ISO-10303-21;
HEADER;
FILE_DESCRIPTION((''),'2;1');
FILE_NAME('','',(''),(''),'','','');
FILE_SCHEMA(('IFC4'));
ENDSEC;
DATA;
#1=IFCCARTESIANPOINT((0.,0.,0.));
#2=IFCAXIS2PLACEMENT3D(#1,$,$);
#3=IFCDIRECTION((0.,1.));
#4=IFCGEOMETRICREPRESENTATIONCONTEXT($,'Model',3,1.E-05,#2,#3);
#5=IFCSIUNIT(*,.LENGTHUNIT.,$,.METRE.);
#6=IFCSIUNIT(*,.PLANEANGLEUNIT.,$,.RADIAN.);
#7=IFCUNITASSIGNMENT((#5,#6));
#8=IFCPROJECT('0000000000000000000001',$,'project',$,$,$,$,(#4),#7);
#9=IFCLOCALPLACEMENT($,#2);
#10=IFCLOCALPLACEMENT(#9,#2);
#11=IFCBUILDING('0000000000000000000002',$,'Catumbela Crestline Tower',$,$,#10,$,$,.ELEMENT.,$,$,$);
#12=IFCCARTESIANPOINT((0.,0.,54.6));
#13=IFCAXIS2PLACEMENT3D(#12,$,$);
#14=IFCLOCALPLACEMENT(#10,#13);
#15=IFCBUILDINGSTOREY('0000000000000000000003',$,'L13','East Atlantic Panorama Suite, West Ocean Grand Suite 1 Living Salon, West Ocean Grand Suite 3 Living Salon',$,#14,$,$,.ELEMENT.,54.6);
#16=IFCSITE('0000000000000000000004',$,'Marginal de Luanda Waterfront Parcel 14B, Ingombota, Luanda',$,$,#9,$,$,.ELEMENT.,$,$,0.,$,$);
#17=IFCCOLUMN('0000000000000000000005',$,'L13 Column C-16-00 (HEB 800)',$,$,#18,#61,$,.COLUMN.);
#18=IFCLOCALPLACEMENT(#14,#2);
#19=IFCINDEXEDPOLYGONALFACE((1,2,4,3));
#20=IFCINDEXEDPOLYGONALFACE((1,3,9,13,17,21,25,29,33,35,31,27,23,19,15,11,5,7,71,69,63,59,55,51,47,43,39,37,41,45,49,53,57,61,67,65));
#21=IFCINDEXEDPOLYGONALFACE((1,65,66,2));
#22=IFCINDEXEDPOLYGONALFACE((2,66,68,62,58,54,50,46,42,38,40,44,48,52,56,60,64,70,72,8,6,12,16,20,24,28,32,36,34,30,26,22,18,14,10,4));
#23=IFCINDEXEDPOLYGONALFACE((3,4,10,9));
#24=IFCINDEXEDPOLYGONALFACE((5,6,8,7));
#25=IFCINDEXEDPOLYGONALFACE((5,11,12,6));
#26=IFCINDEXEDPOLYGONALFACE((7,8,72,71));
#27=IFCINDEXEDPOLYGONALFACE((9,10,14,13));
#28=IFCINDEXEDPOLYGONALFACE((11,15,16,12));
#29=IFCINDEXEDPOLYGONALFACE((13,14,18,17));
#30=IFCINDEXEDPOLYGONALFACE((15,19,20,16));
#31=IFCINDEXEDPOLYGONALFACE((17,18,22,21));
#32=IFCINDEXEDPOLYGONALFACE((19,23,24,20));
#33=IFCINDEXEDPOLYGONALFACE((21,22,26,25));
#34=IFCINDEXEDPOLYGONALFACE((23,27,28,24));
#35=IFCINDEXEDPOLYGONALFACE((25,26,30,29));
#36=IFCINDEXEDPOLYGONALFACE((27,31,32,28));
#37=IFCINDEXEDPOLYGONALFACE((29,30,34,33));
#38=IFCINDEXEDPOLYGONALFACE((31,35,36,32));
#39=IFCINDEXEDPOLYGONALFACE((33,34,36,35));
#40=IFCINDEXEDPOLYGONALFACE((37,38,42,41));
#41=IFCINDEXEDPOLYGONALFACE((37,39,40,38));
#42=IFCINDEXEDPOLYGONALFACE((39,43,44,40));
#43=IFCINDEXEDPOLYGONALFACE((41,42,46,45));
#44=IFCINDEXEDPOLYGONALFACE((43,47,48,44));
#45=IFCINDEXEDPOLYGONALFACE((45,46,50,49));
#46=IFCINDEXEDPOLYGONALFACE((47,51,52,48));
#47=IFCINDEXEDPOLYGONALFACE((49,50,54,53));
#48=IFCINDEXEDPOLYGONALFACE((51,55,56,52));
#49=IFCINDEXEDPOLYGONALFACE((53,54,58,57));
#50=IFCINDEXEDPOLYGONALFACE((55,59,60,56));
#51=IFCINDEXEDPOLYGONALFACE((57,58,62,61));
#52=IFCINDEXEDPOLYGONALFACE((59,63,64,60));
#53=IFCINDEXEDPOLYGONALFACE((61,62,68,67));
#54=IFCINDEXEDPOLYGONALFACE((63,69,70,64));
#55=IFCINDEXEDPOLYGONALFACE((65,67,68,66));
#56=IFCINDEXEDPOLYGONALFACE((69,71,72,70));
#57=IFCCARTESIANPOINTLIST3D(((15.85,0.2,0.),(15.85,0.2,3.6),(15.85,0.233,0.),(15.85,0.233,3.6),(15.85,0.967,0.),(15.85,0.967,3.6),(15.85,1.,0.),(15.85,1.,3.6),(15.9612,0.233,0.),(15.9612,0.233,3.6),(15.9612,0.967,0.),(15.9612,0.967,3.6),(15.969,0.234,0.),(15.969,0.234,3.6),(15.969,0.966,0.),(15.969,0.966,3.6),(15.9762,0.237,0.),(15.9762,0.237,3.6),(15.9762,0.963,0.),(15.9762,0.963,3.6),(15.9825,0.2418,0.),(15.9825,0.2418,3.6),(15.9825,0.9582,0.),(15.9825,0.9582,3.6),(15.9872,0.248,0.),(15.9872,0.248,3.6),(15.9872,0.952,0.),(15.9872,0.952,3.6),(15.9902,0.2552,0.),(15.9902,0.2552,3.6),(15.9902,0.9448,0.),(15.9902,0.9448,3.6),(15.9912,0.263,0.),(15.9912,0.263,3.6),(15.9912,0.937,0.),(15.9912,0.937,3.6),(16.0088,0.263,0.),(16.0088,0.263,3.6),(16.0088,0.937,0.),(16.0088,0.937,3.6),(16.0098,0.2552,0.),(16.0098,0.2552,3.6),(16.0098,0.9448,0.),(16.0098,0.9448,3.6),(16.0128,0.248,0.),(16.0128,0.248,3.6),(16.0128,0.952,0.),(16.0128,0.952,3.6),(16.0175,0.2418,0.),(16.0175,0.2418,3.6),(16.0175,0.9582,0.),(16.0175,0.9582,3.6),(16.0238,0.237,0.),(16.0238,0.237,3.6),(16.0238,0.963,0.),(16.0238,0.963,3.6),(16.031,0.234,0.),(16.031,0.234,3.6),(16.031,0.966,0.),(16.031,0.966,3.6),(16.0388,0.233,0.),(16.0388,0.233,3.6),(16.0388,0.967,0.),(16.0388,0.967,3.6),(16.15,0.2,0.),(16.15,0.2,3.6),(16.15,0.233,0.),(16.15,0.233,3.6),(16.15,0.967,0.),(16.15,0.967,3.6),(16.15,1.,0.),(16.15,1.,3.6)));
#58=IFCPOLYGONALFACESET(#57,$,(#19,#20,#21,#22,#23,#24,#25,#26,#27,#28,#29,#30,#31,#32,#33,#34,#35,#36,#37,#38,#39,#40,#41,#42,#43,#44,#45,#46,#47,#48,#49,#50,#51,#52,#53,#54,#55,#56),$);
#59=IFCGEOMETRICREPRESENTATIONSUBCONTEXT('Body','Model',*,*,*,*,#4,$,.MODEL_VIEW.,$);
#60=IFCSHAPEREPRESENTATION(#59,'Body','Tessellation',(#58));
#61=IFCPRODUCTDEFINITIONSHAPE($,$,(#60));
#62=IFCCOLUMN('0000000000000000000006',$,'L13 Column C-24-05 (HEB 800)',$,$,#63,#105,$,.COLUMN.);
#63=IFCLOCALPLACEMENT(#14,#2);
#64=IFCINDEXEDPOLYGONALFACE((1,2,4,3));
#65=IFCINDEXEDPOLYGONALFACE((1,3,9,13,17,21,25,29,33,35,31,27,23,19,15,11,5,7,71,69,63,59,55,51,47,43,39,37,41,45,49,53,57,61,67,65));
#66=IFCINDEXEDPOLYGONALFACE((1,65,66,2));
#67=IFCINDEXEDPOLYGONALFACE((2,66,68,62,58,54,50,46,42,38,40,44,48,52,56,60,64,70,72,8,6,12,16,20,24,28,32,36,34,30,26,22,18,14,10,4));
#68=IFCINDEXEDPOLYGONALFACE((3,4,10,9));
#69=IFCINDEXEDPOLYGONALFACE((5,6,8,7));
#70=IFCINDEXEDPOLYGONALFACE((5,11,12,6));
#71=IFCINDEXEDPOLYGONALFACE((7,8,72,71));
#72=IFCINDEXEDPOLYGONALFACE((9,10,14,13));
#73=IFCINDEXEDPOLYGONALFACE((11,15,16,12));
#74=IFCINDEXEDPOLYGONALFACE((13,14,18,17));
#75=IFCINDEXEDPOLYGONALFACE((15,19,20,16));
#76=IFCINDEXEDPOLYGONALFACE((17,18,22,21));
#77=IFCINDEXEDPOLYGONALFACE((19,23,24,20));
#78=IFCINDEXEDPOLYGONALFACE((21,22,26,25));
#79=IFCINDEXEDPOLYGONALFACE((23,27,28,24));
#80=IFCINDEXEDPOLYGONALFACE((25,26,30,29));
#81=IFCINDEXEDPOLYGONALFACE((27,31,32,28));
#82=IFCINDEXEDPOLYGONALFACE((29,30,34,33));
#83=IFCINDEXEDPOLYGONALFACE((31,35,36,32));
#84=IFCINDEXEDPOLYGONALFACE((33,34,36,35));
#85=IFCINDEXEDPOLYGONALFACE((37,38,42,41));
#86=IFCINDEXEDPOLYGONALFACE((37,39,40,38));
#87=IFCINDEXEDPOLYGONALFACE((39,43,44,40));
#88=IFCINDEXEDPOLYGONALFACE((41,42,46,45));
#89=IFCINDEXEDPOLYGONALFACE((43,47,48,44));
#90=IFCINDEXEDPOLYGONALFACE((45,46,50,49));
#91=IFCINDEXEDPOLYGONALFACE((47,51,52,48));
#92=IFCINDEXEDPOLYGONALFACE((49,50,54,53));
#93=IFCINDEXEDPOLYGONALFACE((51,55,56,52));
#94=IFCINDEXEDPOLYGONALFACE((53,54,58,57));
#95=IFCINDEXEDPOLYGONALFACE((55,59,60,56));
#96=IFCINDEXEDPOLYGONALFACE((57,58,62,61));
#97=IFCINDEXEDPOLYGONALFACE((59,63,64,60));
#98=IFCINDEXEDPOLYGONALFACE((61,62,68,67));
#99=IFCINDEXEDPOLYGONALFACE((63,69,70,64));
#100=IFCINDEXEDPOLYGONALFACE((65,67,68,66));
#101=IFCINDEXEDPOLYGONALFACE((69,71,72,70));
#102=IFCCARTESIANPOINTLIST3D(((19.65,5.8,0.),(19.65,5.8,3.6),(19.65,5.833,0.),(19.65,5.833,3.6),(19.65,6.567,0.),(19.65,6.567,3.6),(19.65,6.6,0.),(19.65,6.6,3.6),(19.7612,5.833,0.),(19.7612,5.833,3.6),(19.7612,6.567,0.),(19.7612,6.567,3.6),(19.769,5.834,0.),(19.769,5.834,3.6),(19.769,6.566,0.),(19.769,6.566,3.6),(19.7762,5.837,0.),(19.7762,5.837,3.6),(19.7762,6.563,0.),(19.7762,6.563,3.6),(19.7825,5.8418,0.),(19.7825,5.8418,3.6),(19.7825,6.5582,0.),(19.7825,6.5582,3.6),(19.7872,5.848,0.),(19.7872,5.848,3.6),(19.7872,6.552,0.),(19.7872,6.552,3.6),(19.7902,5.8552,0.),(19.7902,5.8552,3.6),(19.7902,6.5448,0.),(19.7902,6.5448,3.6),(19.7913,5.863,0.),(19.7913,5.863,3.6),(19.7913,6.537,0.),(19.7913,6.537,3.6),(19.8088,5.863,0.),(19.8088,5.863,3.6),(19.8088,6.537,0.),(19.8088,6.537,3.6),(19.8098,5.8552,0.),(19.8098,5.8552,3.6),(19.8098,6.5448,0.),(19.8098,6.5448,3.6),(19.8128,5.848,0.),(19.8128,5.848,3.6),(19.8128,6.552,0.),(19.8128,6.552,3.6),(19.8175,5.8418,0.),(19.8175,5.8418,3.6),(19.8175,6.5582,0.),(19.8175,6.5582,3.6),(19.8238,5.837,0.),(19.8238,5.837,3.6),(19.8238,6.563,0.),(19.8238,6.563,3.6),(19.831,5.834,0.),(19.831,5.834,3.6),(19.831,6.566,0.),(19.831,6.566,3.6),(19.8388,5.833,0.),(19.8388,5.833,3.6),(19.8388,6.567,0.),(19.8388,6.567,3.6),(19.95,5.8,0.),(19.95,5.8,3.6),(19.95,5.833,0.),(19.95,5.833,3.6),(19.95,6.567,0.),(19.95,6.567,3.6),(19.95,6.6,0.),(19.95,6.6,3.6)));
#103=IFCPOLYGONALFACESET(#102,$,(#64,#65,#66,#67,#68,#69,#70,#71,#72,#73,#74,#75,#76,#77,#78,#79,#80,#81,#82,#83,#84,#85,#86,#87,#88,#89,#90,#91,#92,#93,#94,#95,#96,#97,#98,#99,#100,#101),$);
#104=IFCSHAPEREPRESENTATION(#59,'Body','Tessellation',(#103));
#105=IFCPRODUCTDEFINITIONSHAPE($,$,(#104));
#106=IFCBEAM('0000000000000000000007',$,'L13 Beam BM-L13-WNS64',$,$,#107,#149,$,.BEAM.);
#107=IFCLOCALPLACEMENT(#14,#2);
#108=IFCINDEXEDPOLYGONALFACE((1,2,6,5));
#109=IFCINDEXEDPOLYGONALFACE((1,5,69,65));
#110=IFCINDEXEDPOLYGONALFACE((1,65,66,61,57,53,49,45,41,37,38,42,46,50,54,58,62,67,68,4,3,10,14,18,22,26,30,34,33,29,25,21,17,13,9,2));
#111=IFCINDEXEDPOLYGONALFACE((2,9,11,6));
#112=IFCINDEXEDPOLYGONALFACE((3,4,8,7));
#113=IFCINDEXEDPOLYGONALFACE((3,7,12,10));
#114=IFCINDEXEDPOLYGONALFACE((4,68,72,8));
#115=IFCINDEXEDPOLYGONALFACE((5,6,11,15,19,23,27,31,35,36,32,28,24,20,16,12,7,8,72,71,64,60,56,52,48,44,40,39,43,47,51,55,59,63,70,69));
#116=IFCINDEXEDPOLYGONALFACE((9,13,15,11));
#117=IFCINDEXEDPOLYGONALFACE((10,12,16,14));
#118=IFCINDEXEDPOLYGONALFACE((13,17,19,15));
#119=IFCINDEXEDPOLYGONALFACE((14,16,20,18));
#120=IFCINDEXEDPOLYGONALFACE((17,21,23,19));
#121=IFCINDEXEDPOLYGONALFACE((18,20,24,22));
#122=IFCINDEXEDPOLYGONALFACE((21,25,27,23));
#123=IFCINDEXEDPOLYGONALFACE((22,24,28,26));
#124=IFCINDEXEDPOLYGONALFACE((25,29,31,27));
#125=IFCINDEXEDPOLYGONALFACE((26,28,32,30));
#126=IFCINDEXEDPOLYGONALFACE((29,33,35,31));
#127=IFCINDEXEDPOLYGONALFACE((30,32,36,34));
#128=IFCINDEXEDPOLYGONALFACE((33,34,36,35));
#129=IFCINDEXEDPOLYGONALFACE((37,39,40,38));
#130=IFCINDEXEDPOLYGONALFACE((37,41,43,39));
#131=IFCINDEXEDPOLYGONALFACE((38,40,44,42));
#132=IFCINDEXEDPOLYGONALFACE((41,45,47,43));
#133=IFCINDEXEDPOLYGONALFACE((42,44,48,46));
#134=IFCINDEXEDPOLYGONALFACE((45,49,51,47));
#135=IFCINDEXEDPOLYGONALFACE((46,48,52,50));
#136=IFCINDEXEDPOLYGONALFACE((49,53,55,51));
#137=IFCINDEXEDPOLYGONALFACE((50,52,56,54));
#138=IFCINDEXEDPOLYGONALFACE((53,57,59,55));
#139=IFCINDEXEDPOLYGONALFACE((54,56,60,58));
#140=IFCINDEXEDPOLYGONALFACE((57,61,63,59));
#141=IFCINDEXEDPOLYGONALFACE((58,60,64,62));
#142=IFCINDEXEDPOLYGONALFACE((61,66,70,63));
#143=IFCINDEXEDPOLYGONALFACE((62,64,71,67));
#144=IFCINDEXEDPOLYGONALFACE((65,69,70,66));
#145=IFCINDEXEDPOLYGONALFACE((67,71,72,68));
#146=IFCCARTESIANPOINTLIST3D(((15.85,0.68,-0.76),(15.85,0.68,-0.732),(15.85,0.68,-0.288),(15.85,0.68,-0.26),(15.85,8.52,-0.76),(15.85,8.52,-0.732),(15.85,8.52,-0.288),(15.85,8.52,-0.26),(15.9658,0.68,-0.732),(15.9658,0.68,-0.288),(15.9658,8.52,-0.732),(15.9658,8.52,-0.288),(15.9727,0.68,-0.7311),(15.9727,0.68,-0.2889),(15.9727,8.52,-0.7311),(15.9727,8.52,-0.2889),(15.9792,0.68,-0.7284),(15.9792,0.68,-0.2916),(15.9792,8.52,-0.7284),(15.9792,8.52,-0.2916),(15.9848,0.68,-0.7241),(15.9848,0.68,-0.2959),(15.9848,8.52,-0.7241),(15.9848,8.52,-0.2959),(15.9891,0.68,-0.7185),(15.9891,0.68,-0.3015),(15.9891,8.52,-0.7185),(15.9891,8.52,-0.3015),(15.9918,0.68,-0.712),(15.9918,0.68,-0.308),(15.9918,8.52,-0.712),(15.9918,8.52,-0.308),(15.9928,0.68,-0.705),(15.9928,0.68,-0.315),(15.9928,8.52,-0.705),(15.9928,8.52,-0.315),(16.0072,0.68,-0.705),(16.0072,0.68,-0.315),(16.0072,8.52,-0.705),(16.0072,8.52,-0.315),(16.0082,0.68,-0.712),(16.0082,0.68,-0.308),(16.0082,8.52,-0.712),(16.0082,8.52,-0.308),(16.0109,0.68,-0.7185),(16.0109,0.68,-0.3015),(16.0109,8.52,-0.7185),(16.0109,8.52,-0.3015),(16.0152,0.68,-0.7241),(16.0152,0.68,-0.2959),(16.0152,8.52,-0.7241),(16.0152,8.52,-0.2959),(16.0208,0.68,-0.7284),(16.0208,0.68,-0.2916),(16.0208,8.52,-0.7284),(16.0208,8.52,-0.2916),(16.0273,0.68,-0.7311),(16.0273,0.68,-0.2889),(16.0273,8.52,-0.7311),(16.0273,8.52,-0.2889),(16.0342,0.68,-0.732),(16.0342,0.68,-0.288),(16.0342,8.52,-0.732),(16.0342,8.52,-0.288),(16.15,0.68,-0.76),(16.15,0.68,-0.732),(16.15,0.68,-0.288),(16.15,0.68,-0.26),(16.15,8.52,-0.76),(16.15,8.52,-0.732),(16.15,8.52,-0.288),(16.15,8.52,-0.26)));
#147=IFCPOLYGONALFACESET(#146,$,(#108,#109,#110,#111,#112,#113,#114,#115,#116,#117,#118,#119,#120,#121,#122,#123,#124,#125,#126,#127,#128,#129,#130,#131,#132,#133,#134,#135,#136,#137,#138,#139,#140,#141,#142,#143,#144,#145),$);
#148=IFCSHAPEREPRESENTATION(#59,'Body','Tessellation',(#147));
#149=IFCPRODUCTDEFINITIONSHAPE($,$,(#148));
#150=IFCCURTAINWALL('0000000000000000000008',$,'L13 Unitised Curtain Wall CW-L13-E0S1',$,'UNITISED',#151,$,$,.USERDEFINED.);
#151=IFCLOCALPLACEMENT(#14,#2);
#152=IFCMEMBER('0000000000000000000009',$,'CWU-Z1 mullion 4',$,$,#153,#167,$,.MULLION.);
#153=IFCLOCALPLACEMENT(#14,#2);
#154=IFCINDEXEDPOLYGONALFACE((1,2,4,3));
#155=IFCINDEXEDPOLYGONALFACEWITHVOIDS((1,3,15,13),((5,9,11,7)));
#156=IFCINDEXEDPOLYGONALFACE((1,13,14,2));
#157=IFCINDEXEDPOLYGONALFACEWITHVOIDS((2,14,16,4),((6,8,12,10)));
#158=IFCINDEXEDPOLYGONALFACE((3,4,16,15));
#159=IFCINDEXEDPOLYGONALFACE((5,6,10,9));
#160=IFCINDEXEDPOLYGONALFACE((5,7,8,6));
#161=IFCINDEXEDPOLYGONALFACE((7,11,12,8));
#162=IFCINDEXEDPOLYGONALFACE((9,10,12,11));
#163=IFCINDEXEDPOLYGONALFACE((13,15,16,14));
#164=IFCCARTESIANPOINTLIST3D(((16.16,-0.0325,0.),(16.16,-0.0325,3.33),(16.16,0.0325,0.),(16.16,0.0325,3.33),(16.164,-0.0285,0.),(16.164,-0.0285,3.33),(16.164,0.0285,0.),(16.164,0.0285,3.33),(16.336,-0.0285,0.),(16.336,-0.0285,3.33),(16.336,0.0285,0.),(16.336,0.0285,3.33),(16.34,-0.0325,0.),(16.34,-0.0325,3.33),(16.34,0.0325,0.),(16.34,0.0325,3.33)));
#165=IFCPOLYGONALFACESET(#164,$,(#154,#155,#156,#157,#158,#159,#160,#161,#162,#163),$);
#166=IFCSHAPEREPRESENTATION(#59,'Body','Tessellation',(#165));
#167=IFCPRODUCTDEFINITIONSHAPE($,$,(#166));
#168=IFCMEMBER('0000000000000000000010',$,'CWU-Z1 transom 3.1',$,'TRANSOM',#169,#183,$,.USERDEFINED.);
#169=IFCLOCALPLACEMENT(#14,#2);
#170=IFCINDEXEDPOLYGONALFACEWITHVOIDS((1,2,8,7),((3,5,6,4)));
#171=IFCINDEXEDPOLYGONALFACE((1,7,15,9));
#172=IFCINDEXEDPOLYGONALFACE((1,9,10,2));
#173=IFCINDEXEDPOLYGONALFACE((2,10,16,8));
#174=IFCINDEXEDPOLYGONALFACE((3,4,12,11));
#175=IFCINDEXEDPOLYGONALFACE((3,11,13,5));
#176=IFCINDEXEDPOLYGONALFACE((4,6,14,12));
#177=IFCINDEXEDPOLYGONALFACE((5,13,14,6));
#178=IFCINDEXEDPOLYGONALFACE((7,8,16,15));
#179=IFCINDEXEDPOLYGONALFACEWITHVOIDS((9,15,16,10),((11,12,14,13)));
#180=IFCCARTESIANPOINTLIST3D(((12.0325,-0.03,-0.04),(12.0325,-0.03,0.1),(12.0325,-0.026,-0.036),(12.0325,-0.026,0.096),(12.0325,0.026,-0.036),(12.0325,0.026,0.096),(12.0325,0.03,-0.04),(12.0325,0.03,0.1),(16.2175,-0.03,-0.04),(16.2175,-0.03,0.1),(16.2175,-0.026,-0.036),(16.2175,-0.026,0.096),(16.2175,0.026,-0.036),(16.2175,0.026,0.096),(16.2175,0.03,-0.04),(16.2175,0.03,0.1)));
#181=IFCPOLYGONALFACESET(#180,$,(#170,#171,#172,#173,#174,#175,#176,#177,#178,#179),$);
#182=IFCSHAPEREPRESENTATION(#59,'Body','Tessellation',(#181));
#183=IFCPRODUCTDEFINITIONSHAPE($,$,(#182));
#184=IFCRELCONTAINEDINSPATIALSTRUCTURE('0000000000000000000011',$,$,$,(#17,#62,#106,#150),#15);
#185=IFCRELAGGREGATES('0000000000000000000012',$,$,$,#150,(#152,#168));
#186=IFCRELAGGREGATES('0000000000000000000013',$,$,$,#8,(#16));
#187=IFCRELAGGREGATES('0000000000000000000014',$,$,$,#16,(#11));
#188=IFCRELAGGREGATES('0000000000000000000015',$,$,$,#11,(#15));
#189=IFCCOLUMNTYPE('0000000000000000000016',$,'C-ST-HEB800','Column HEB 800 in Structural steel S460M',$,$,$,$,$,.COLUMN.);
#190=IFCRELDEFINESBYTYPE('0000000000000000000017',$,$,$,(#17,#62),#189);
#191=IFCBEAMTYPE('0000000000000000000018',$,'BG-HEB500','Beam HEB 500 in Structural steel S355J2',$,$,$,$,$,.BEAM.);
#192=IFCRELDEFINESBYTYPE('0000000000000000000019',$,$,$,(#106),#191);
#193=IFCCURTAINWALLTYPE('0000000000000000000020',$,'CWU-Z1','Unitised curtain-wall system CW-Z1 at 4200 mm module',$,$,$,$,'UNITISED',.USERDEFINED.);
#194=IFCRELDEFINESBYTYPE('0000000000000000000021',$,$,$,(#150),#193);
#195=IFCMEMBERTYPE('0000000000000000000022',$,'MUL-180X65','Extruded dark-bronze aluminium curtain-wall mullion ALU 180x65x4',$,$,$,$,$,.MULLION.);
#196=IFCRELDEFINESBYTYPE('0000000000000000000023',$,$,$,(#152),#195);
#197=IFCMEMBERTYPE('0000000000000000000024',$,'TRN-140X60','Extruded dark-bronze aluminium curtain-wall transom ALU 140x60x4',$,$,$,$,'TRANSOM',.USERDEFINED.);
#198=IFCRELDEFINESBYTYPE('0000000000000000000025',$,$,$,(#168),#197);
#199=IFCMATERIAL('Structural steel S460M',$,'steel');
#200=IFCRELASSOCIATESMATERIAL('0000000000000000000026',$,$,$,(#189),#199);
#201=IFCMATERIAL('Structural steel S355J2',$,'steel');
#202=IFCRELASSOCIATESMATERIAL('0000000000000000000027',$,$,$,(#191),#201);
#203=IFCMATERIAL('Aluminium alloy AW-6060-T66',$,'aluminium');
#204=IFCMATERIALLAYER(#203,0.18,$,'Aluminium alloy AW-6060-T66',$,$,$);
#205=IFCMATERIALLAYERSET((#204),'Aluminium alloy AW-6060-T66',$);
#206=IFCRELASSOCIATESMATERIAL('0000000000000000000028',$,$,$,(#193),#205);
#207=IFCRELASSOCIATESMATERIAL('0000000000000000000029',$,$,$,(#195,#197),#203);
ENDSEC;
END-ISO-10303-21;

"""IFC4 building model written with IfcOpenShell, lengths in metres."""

from ifc_helpers import new_model, si_unit, direction, frame, origin, origin_2d, place, context, subcontext, project, spatial, hollow_rectangle, i_section, extrude, material, layer, layer_set, material_profile, profile_set, type_object, element, aggregate, save


model = new_model("IFC4")

# Units and contexts
model_context = context("Model", 3, precision=1e-05, world=origin(), true_north=direction((0.0, 1.0)))
body_context = subcontext(model_context, "Body", "Model", "MODEL_VIEW")
ifc_project = project(units=[si_unit("LENGTHUNIT", "METRE"), si_unit("PLANEANGLEUNIT", "RADIAN")], contexts=[model_context])

# Site, building, storey
site_placement = place(None, origin())
site = spatial("IfcSite", under=ifc_project, at=site_placement, Name="Marginal de Luanda Waterfront Parcel 14B, Ingombota, Luanda", CompositionType="ELEMENT", RefElevation=0.0)
building_placement = place(site_placement, origin())
building = spatial("IfcBuilding", under=site, at=building_placement, Name="Catumbela Crestline Tower", CompositionType="ELEMENT")
storey_placement = place(building_placement, frame((0.0, 0.0, 54.6)))
storey = spatial("IfcBuildingStorey", under=building, at=storey_placement, Name="L13", Description="East Atlantic Panorama Suite, West Ocean Grand Suite 1 Living Salon, West Ocean Grand Suite 3 Living Salon", CompositionType="ELEMENT", Elevation=54.6)

# Columns
ifc_material_1 = material(Name="Structural steel S460M", Category="steel")
ifc_material_profile_1 = material_profile(ifc_material_1, i_section(OverallWidth=0.3, OverallDepth=0.8, WebThickness=0.0175, FlangeThickness=0.033, FilletRadius=0.03, at=origin_2d()), Name="HEB 800")
ifc_profile_set_1 = profile_set([ifc_material_profile_1], Name="Structural steel S460M")
column_type = type_object("IfcColumnType", Name="C-ST-HEB800", Description="Column HEB 800 in Structural steel S460M", PredefinedType="COLUMN", material=ifc_profile_set_1)
for number, where, z_axis, x_axis, name in (
    (1, (16.0, 0.6, 0.0), (0.0, 0.0, 1.0), (1.0, 0.0, 0.0), "L13 Column C-16-00 (HEB 800)"),
    (2, (19.8, 6.2, 0.0), (0.0, 0.0, 1.0), (1.0, 0.0, 0.0), "L13 Column C-24-05 (HEB 800)"),
):
    element("IfcColumn", number, at=place(storey_placement, frame(where, z_axis=z_axis, x_axis=x_axis)), inside=storey, type_object=column_type, Name=name, PredefinedType="COLUMN", context=body_context, shape_type="SweptSolid", body=[
        extrude(i_section(OverallWidth=0.3, OverallDepth=0.8, WebThickness=0.0175, FlangeThickness=0.033, FilletRadius=0.03, at=origin_2d()), origin(), (0.0, 0.0, 1.0), 3.6),
    ])

# Beam
ifc_material_2 = material(Name="Structural steel S355J2", Category="steel")
ifc_material_profile_2 = material_profile(ifc_material_2, i_section(OverallWidth=0.3, OverallDepth=0.5, WebThickness=0.0145, FlangeThickness=0.028, FilletRadius=0.027, at=origin_2d()), Name="HEB 500")
ifc_profile_set_2 = profile_set([ifc_material_profile_2], Name="Structural steel S355J2")
beam_type = type_object("IfcBeamType", Name="BG-HEB500", Description="Beam HEB 500 in Structural steel S355J2", PredefinedType="BEAM", material=ifc_profile_set_2)
beam_placement = place(storey_placement, frame((16.0, 0.68, -0.51), z_axis=(0.0, 1.0, 0.0), x_axis=(-1.0, 0.0, 0.0)))
element("IfcBeam", 3, at=beam_placement, inside=storey, type_object=beam_type, Name="L13 Beam BM-L13-WNS64", PredefinedType="BEAM", context=body_context, shape_type="SweptSolid", body=[
    extrude(i_section(OverallWidth=0.3, OverallDepth=0.5, WebThickness=0.0145, FlangeThickness=0.028, FilletRadius=0.027, at=origin_2d()), origin(), (0.0, 0.0, 1.0), 7.84),
])

# Curtain wall, members
ifc_material_3 = material(Name="Aluminium alloy AW-6060-T66", Category="aluminium")
ifc_layer_1 = layer(ifc_material_3, 0.18, Name="Aluminium alloy AW-6060-T66")
ifc_layer_set_1 = layer_set([ifc_layer_1], Name="Aluminium alloy AW-6060-T66")
curtain_wall_type = type_object("IfcCurtainWallType", Name="CWU-Z1", Description="Unitised curtain-wall system CW-Z1 at 4200 mm module", ElementType="UNITISED", PredefinedType="USERDEFINED", material=ifc_layer_set_1)
curtain_wall_placement = place(storey_placement, origin())
curtain_wall = element("IfcCurtainWall", 4, at=curtain_wall_placement, inside=storey, type_object=curtain_wall_type, Name="L13 Unitised Curtain Wall CW-L13-E0S1", ObjectType="UNITISED", PredefinedType="USERDEFINED")
ifc_material_profile_3 = material_profile(ifc_material_3, hollow_rectangle(XDim=0.065, YDim=0.18, WallThickness=0.004, at=origin_2d()), Name="ALU 180x65x4")
ifc_profile_set_3 = profile_set([ifc_material_profile_3], Name="Aluminium alloy AW-6060-T66")
member_type_1 = type_object("IfcMemberType", Name="MUL-180X65", Description="Extruded dark-bronze aluminium curtain-wall mullion ALU 180x65x4", PredefinedType="MULLION", material=ifc_profile_set_3)
member_1_placement = place(storey_placement, frame((16.25, 0.0, 0.0), z_axis=(0.0, 0.0, 1.0), x_axis=(0.0, 1.0, 0.0)))
member_1 = element("IfcMember", 5, at=member_1_placement, type_object=member_type_1, Name="CWU-Z1 mullion 4", PredefinedType="MULLION", context=body_context, shape_type="SweptSolid", body=[
    extrude(hollow_rectangle(XDim=0.065, YDim=0.18, WallThickness=0.004, at=origin_2d()), origin(), (0.0, 0.0, 1.0), 3.33),
])
ifc_material_profile_4 = material_profile(ifc_material_3, hollow_rectangle(XDim=0.06, YDim=0.14, WallThickness=0.004, at=origin_2d()), Name="ALU 140x60x4")
ifc_profile_set_4 = profile_set([ifc_material_profile_4], Name="Aluminium alloy AW-6060-T66")
member_type_2 = type_object("IfcMemberType", Name="TRN-140X60", Description="Extruded dark-bronze aluminium curtain-wall transom ALU 140x60x4", ElementType="TRANSOM", PredefinedType="USERDEFINED", material=ifc_profile_set_4)
member_2_placement = place(storey_placement, frame((12.0325, 0.0, 0.03), z_axis=(1.0, 0.0, 0.0), x_axis=(0.0, 1.0, 0.0)))
member_2 = element("IfcMember", 6, at=member_2_placement, type_object=member_type_2, Name="CWU-Z1 transom 3.1", ObjectType="TRANSOM", PredefinedType="USERDEFINED", context=body_context, shape_type="SweptSolid", body=[
    extrude(hollow_rectangle(XDim=0.06, YDim=0.14, WallThickness=0.004, at=origin_2d()), origin(), (0.0, 0.0, 1.0), 4.185),
])
aggregate(curtain_wall, [member_1, member_2])

save(model, "model.ifc")
